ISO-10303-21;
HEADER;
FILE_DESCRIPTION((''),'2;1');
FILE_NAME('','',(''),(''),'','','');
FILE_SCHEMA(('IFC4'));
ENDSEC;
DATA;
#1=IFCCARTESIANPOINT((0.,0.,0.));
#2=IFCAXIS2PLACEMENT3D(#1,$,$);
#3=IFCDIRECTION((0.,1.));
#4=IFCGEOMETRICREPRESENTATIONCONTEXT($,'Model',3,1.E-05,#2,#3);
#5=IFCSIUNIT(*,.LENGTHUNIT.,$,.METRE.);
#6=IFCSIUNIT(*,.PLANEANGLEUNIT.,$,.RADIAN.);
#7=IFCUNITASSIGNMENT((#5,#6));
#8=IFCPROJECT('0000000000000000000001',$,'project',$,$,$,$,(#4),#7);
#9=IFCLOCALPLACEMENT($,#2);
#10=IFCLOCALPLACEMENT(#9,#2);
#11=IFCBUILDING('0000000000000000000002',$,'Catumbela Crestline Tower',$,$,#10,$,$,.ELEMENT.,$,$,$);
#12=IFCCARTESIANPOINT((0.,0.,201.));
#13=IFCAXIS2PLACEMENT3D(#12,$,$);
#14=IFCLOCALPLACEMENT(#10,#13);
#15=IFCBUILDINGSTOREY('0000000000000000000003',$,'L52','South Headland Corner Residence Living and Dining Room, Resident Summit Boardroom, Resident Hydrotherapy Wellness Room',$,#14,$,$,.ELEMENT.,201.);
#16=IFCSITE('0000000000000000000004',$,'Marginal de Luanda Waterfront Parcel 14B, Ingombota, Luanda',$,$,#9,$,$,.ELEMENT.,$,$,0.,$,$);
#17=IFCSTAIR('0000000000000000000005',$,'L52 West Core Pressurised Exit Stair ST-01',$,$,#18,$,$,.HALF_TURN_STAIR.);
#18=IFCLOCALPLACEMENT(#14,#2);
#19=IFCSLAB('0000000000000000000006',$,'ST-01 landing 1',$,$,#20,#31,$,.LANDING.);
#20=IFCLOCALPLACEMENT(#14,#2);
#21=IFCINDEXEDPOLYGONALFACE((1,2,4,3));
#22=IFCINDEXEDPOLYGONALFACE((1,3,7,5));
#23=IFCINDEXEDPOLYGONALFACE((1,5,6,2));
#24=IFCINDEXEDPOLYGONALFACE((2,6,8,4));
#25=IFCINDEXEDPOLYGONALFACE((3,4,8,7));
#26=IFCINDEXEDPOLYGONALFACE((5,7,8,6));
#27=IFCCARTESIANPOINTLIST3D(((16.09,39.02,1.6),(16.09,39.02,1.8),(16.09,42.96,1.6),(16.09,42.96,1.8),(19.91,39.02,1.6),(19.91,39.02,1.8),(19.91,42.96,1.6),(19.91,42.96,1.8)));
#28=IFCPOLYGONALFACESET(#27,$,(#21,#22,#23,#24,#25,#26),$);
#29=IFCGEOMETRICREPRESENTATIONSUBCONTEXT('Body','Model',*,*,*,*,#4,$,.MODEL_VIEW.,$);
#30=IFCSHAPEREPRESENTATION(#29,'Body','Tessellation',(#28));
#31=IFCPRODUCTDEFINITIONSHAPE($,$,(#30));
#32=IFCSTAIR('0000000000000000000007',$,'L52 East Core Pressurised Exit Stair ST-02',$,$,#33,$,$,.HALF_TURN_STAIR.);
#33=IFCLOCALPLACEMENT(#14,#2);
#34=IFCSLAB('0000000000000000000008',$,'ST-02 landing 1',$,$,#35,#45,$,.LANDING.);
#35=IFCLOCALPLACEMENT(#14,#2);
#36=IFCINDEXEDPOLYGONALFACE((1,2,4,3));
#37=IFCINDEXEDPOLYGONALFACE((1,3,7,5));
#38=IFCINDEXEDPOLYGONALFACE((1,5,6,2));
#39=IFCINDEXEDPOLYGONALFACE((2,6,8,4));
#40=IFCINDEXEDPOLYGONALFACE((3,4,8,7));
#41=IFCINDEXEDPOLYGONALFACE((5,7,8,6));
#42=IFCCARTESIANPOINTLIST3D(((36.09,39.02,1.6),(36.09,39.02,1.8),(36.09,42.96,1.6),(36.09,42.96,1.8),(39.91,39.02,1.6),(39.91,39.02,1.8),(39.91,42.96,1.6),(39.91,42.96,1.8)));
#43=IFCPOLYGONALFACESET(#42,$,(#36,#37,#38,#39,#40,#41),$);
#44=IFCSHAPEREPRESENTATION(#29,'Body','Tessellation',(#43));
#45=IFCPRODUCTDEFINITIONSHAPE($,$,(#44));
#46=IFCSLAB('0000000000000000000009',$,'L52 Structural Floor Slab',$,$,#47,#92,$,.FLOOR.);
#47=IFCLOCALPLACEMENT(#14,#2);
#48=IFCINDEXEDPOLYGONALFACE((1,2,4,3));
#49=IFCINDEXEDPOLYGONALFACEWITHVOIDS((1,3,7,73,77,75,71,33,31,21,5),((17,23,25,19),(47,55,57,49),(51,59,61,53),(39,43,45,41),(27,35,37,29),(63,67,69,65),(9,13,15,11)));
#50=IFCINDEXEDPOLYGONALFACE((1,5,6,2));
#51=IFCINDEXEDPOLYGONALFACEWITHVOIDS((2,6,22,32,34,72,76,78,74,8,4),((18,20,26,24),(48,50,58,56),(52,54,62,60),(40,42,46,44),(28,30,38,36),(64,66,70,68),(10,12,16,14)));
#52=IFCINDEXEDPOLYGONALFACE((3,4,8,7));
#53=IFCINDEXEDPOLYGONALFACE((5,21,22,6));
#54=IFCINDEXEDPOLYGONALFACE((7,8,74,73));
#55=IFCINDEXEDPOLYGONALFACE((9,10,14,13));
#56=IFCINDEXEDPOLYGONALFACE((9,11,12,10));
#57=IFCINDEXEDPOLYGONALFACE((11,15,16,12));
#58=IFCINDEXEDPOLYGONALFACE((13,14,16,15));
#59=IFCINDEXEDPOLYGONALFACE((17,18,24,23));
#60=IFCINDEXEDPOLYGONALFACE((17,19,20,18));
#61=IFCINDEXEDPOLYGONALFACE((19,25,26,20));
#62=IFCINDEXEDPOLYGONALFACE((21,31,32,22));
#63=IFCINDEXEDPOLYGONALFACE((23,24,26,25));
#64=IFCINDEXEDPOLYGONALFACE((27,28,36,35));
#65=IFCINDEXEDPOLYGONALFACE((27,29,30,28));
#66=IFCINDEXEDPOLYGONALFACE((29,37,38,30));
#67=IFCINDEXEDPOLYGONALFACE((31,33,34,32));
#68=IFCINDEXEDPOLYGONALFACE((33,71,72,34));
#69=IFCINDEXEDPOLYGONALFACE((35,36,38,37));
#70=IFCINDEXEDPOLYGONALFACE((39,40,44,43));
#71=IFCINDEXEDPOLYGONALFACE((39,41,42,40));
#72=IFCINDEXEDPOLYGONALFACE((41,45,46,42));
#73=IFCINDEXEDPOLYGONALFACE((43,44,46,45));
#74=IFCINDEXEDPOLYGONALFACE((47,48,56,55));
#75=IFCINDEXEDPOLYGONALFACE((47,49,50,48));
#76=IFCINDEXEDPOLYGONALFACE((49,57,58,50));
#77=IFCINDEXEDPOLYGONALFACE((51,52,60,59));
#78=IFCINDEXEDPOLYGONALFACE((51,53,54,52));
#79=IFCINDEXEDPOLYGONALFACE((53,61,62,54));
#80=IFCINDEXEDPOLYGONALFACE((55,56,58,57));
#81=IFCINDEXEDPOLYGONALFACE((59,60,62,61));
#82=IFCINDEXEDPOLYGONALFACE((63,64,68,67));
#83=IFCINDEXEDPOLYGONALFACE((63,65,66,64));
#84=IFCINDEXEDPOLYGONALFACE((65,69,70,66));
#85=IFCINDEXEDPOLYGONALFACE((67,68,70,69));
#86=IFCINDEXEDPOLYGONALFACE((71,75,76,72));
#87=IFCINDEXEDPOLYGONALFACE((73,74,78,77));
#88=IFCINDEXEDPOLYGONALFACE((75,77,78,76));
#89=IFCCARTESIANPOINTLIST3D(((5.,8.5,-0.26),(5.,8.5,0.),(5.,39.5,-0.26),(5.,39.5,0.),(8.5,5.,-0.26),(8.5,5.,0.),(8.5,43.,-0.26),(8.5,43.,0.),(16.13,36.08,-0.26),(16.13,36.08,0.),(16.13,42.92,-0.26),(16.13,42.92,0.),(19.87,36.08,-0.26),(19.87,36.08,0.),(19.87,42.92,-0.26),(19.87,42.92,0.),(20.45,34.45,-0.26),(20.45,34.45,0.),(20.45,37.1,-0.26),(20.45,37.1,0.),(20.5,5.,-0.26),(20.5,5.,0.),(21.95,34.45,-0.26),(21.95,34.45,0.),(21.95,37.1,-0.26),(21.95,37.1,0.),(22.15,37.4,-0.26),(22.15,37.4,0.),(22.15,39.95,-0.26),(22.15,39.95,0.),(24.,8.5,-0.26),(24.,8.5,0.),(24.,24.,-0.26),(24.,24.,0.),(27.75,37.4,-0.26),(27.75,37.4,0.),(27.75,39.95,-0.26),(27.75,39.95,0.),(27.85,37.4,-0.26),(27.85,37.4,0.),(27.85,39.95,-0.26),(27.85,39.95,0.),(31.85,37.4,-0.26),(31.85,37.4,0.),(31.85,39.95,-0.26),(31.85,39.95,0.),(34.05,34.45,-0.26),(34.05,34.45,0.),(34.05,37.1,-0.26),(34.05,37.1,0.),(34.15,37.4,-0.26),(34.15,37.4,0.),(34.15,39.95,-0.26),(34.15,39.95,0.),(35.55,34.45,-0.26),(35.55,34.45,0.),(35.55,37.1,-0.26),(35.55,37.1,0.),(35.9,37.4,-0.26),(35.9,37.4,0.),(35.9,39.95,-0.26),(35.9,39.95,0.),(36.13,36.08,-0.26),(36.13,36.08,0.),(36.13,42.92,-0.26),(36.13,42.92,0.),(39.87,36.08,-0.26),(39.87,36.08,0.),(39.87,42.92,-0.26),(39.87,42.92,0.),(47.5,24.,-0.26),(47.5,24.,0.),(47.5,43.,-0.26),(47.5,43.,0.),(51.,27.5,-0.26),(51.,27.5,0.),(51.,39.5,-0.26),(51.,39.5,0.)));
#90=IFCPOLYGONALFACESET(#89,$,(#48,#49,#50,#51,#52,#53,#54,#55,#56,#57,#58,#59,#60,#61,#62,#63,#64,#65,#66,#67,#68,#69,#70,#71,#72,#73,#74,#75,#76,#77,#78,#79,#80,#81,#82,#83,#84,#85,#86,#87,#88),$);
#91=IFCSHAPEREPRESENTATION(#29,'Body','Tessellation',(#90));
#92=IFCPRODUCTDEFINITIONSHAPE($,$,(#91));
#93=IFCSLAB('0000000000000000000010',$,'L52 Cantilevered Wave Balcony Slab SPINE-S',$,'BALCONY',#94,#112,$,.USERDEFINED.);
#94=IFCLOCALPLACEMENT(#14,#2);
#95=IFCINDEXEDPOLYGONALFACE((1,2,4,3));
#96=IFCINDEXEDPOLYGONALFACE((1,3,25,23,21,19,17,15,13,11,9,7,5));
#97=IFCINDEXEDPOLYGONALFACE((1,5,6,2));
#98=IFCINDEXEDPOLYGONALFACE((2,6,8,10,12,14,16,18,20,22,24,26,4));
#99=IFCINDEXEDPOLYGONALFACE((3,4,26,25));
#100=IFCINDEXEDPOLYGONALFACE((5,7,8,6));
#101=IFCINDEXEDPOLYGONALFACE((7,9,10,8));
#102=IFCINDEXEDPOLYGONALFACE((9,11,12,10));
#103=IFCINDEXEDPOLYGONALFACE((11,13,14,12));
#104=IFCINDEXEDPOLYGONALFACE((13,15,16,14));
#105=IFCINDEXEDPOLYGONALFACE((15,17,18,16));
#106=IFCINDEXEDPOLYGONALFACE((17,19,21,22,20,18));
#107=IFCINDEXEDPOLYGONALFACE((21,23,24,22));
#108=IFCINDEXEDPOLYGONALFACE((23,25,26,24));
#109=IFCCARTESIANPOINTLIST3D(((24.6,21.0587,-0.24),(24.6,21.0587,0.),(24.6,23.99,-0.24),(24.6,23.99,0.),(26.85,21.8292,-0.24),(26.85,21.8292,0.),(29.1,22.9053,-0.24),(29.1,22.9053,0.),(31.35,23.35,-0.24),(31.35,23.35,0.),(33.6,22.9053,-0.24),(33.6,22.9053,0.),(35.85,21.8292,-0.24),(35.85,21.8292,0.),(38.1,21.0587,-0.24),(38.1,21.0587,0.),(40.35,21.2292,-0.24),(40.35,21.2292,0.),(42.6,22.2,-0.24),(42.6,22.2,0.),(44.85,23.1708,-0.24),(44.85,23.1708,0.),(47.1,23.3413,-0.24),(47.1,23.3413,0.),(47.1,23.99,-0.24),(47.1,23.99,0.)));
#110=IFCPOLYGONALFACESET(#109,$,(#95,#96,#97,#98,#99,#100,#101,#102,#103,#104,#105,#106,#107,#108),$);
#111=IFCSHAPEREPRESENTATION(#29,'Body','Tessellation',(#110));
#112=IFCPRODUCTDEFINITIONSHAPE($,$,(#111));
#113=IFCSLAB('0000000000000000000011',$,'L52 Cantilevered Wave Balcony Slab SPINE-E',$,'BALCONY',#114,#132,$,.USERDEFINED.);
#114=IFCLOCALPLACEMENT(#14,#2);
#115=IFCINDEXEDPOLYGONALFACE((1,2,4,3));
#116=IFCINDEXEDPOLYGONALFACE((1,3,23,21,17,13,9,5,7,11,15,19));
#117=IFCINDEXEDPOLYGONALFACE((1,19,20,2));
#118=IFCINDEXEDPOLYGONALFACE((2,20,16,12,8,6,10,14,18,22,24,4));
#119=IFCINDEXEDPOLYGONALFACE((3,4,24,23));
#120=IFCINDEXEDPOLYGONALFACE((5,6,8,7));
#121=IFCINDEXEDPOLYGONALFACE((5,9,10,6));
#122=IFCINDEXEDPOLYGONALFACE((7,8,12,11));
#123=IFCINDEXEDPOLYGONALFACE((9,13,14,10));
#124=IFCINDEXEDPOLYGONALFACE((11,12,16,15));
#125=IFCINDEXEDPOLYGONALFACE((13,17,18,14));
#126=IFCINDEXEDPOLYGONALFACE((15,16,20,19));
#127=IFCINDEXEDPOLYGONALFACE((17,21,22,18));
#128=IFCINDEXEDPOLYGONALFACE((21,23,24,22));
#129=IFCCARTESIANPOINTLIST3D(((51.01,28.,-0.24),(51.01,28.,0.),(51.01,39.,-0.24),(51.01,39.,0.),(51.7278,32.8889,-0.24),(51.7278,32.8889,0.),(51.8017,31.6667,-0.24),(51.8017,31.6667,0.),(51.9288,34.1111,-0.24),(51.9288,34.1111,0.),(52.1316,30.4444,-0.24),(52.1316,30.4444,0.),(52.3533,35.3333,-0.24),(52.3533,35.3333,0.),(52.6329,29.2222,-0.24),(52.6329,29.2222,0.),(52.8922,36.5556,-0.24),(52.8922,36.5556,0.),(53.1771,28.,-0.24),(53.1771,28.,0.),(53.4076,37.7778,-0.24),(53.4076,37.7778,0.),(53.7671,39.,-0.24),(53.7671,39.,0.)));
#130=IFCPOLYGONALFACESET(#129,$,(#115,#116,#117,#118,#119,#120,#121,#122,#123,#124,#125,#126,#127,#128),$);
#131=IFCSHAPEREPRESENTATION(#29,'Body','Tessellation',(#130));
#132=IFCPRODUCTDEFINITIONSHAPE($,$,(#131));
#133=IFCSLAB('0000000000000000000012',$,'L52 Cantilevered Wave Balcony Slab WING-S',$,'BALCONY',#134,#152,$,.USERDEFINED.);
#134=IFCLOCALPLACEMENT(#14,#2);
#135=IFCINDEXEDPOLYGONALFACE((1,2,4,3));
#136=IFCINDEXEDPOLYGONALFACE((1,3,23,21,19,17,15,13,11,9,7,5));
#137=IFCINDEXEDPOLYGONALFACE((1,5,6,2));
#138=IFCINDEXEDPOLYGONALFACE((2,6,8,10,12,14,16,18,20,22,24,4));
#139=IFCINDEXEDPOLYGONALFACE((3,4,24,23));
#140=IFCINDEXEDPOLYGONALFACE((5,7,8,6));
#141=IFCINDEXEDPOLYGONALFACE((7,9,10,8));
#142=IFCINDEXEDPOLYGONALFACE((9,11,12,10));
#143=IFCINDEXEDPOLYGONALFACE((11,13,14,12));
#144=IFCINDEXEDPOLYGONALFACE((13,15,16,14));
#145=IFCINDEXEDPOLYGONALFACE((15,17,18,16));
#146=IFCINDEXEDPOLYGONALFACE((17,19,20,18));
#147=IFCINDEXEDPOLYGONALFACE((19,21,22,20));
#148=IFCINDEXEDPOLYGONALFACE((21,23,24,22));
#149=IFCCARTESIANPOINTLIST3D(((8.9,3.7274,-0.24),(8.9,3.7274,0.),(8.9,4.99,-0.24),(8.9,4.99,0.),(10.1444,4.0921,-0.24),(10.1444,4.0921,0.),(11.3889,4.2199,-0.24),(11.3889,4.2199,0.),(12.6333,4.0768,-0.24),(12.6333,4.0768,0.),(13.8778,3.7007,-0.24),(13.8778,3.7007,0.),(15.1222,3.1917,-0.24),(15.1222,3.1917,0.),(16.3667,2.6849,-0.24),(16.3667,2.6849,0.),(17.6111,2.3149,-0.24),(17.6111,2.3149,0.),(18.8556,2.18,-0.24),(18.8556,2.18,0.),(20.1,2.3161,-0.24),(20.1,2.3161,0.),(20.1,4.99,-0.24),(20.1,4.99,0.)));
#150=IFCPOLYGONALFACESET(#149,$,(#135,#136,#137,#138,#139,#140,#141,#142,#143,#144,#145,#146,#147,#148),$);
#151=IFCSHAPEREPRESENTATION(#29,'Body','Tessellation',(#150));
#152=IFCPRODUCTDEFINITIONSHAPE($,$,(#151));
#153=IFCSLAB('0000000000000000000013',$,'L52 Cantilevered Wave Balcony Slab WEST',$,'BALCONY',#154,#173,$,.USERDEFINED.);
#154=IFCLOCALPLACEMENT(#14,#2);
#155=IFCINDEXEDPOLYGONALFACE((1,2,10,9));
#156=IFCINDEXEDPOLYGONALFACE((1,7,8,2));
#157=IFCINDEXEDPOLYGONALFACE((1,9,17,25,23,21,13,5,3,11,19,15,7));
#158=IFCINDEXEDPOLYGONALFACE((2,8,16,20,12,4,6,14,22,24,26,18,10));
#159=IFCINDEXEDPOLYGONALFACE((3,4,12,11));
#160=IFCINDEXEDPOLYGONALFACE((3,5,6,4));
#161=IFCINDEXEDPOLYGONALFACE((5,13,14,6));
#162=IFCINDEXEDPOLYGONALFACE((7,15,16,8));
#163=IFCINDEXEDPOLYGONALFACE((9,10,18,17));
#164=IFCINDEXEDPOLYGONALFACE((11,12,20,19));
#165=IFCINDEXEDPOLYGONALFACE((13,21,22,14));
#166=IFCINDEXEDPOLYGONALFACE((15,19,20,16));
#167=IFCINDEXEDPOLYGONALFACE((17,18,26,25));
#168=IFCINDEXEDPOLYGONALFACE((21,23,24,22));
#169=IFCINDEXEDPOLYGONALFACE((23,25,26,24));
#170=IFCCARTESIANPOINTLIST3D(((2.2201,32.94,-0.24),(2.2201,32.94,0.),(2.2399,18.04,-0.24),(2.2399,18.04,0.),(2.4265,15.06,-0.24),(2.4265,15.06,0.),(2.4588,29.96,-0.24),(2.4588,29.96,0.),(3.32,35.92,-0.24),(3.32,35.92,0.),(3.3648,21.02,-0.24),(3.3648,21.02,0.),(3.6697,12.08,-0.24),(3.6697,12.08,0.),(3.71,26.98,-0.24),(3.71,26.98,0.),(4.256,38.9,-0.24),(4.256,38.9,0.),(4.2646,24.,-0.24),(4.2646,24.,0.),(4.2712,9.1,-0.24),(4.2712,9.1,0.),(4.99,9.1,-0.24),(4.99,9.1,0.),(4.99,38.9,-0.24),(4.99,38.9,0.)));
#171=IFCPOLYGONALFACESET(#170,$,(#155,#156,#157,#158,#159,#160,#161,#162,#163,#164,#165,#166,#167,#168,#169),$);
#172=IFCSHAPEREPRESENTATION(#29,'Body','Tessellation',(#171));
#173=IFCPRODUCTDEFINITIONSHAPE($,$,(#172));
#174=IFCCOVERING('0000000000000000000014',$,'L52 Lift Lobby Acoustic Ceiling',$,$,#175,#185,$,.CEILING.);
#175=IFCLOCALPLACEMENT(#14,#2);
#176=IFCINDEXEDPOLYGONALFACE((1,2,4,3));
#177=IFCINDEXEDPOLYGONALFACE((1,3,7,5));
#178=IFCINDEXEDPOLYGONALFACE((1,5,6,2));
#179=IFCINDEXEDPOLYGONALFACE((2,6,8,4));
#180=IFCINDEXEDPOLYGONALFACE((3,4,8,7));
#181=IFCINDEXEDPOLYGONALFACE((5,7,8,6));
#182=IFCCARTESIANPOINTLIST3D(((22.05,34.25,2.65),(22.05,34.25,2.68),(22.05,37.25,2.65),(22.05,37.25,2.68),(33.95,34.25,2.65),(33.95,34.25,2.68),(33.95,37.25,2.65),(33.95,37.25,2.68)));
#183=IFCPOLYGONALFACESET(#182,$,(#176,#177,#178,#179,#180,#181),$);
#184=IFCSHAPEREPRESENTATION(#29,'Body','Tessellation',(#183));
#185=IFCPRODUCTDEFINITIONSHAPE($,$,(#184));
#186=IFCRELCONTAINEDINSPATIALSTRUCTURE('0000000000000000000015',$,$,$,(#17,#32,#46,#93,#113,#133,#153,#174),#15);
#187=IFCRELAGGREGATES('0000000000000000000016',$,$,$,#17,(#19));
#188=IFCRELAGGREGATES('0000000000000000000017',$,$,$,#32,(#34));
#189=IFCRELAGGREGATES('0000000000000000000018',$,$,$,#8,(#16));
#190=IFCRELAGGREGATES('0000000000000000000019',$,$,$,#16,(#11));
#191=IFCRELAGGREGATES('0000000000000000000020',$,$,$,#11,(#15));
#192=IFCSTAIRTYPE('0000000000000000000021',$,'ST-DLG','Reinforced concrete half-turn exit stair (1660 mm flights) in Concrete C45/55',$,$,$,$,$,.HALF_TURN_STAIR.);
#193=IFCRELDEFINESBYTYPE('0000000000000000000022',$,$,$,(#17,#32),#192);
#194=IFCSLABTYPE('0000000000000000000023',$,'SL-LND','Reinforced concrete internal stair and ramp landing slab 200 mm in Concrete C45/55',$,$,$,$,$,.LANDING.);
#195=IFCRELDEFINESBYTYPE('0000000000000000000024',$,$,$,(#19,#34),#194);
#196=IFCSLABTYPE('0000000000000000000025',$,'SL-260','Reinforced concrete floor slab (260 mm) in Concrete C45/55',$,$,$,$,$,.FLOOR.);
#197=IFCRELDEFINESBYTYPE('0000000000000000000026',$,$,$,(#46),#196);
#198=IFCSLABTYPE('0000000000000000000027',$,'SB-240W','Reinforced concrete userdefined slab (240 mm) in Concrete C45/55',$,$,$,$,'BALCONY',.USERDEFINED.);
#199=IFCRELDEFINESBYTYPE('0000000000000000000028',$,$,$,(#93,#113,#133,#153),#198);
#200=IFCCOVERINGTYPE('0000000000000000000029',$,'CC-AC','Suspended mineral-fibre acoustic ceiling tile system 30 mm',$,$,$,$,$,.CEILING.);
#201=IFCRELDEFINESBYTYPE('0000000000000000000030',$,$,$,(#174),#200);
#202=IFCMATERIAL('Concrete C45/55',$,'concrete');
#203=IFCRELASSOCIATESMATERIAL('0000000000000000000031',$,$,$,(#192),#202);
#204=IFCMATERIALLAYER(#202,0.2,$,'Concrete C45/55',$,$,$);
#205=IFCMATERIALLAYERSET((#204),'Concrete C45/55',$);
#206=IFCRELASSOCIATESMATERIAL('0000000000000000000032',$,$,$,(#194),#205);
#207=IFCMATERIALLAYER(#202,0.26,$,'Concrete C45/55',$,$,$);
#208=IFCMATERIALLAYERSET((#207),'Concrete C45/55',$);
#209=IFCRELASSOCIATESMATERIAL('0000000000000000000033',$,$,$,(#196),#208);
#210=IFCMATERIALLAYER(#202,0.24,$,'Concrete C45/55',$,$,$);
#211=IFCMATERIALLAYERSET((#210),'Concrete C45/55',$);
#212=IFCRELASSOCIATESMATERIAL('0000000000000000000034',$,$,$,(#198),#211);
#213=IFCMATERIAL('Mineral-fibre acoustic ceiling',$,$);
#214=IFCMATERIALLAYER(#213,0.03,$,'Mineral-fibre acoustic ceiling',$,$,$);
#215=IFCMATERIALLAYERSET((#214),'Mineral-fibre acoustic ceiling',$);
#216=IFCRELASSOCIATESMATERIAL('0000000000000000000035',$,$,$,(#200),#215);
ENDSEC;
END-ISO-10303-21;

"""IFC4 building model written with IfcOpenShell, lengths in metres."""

from ifc_helpers import new_model, si_unit, direction, frame, origin, place, context, subcontext, project, spatial, polyline, outline, extrude, material, layer, layer_set, type_object, element, aggregate, save


model = new_model("IFC4")

# Units and contexts
model_context = context("Model", 3, precision=1e-05, world=origin(), true_north=direction((0.0, 1.0)))
body_context = subcontext(model_context, "Body", "Model", "MODEL_VIEW")
ifc_project = project(units=[si_unit("LENGTHUNIT", "METRE"), si_unit("PLANEANGLEUNIT", "RADIAN")], contexts=[model_context])

# Site, building, storey
site_placement = place(None, origin())
site = spatial("IfcSite", under=ifc_project, at=site_placement, Name="Marginal de Luanda Waterfront Parcel 14B, Ingombota, Luanda", CompositionType="ELEMENT", RefElevation=0.0)
building_placement = place(site_placement, origin())
building = spatial("IfcBuilding", under=site, at=building_placement, Name="Catumbela Crestline Tower", CompositionType="ELEMENT")
storey_placement = place(building_placement, frame((0.0, 0.0, 201.0)))
storey = spatial("IfcBuildingStorey", under=building, at=storey_placement, Name="L52", Description="South Headland Corner Residence Living and Dining Room, Resident Summit Boardroom, Resident Hydrotherapy Wellness Room", CompositionType="ELEMENT", Elevation=201.0)

# Stairs, slabs
ifc_material_1 = material(Name="Concrete C45/55", Category="concrete")
stair_type = type_object("IfcStairType", Name="ST-DLG", Description="Reinforced concrete half-turn exit stair (1660 mm flights) in Concrete C45/55", PredefinedType="HALF_TURN_STAIR", material=ifc_material_1)
stair_1_placement = place(storey_placement, origin())
stair_1 = element("IfcStair", 1, at=stair_1_placement, inside=storey, type_object=stair_type, Name="L52 West Core Pressurised Exit Stair ST-01", PredefinedType="HALF_TURN_STAIR")
ifc_layer_1 = layer(ifc_material_1, 0.2, Name="Concrete C45/55")
ifc_layer_set_1 = layer_set([ifc_layer_1], Name="Concrete C45/55")
slab_type_1 = type_object("IfcSlabType", Name="SL-LND", Description="Reinforced concrete internal stair and ramp landing slab 200 mm in Concrete C45/55", PredefinedType="LANDING", material=ifc_layer_set_1)
slab_1_placement = place(storey_placement, frame((0.0, 0.0, 1.6)))
slab_1 = element("IfcSlab", 2, at=slab_1_placement, type_object=slab_type_1, Name="ST-01 landing 1", PredefinedType="LANDING", context=body_context, shape_type="SweptSolid", body=[
    extrude(outline(polyline([(19.91, 39.02), (19.91, 42.96), (16.09, 42.96), (16.09, 39.02), (19.91, 39.02)])), origin(), (0.0, 0.0, 1.0), 0.2),
])
aggregate(stair_1, [slab_1])
stair_2_placement = place(storey_placement, origin())
stair_2 = element("IfcStair", 3, at=stair_2_placement, inside=storey, type_object=stair_type, Name="L52 East Core Pressurised Exit Stair ST-02", PredefinedType="HALF_TURN_STAIR")
slab_2_placement = place(storey_placement, frame((0.0, 0.0, 1.6)))
slab_2 = element("IfcSlab", 4, at=slab_2_placement, type_object=slab_type_1, Name="ST-02 landing 1", PredefinedType="LANDING", context=body_context, shape_type="SweptSolid", body=[
    extrude(outline(polyline([(39.91, 39.02), (39.91, 42.96), (36.09, 42.96), (36.09, 39.02), (39.91, 39.02)])), origin(), (0.0, 0.0, 1.0), 0.2),
])
aggregate(stair_2, [slab_2])

# Slabs
ifc_layer_2 = layer(ifc_material_1, 0.26, Name="Concrete C45/55")
ifc_layer_set_2 = layer_set([ifc_layer_2], Name="Concrete C45/55")
slab_type_2 = type_object("IfcSlabType", Name="SL-260", Description="Reinforced concrete floor slab (260 mm) in Concrete C45/55", PredefinedType="FLOOR", material=ifc_layer_set_2)
slab_3_placement = place(storey_placement, frame((0.0, 0.0, -0.26)))
element("IfcSlab", 5, at=slab_3_placement, inside=storey, type_object=slab_type_2, Name="L52 Structural Floor Slab", PredefinedType="FLOOR", context=body_context, shape_type="SweptSolid", body=[
    extrude(outline(polyline([(8.5, 5.0), (20.5, 5.0), (24.0, 8.5), (24.0, 24.0), (47.5, 24.0), (51.0, 27.5), (51.0, 39.5), (47.5, 43.0), (8.5, 43.0), (5.0, 39.5), (5.0, 8.5), (8.5, 5.0)]), holes=[polyline([(16.13, 36.08), (19.87, 36.08), (19.87, 42.92), (16.13, 42.92), (16.13, 36.08)]), polyline([(36.13, 36.08), (39.87, 36.08), (39.87, 42.92), (36.13, 42.92), (36.13, 36.08)]), polyline([(22.15, 37.4), (27.75, 37.4), (27.75, 39.95), (22.15, 39.95), (22.15, 37.4)]), polyline([(27.85, 37.4), (31.85, 37.4), (31.85, 39.95), (27.85, 39.95), (27.85, 37.4)]), polyline([(20.45, 34.45), (21.95, 34.45), (21.95, 37.1), (20.45, 37.1), (20.45, 34.45)]), polyline([(34.05, 34.45), (35.55, 34.45), (35.55, 37.1), (34.05, 37.1), (34.05, 34.45)]), polyline([(34.15, 37.4), (35.9, 37.4), (35.9, 39.95), (34.15, 39.95), (34.15, 37.4)])]), origin(), (0.0, 0.0, 1.0), 0.26),
])
ifc_layer_3 = layer(ifc_material_1, 0.24, Name="Concrete C45/55")
ifc_layer_set_3 = layer_set([ifc_layer_3], Name="Concrete C45/55")
slab_type_3 = type_object("IfcSlabType", Name="SB-240W", Description="Reinforced concrete userdefined slab (240 mm) in Concrete C45/55", ElementType="BALCONY", PredefinedType="USERDEFINED", material=ifc_layer_set_3)
slab_4_placement = place(storey_placement, frame((0.0, 0.0, -0.24)))
element("IfcSlab", 6, at=slab_4_placement, inside=storey, type_object=slab_type_3, Name="L52 Cantilevered Wave Balcony Slab SPINE-S", ObjectType="BALCONY", PredefinedType="USERDEFINED", context=body_context, shape_type="SweptSolid", body=[
    extrude(outline(polyline([(24.6, 21.0587), (26.85, 21.8292), (29.1, 22.9053), (31.35, 23.35), (33.6, 22.9053), (35.85, 21.8292), (38.1, 21.0587), (40.35, 21.2292), (42.6, 22.2), (44.85, 23.1708), (47.1, 23.3413), (47.1, 23.99), (24.6, 23.99), (24.6, 21.0587)])), origin(), (0.0, 0.0, 1.0), 0.24),
])
slab_5_placement = place(storey_placement, frame((0.0, 0.0, -0.24)))
element("IfcSlab", 7, at=slab_5_placement, inside=storey, type_object=slab_type_3, Name="L52 Cantilevered Wave Balcony Slab SPINE-E", ObjectType="BALCONY", PredefinedType="USERDEFINED", context=body_context, shape_type="SweptSolid", body=[
    extrude(outline(polyline([(51.01, 28.0), (53.1771, 28.0), (52.6329, 29.2222), (52.1316, 30.4444), (51.8017, 31.6667), (51.7278, 32.8889), (51.9288, 34.1111), (52.3533, 35.3333), (52.8922, 36.5556), (53.4076, 37.7778), (53.7671, 39.0), (51.01, 39.0), (51.01, 28.0)])), origin(), (0.0, 0.0, 1.0), 0.24),
])
slab_6_placement = place(storey_placement, frame((0.0, 0.0, -0.24)))
element("IfcSlab", 8, at=slab_6_placement, inside=storey, type_object=slab_type_3, Name="L52 Cantilevered Wave Balcony Slab WING-S", ObjectType="BALCONY", PredefinedType="USERDEFINED", context=body_context, shape_type="SweptSolid", body=[
    extrude(outline(polyline([(8.9, 3.7274), (10.1444, 4.0921), (11.3889, 4.2199), (12.6333, 4.0768), (13.8778, 3.7007), (15.1222, 3.1917), (16.3667, 2.6849), (17.6111, 2.3149), (18.8556, 2.18), (20.1, 2.3161), (20.1, 4.99), (8.9, 4.99), (8.9, 3.7274)])), origin(), (0.0, 0.0, 1.0), 0.24),
])
slab_7_placement = place(storey_placement, frame((0.0, 0.0, -0.24)))
element("IfcSlab", 9, at=slab_7_placement, inside=storey, type_object=slab_type_3, Name="L52 Cantilevered Wave Balcony Slab WEST", ObjectType="BALCONY", PredefinedType="USERDEFINED", context=body_context, shape_type="SweptSolid", body=[
    extrude(outline(polyline([(4.99, 38.9), (4.256, 38.9), (3.32, 35.92), (2.2201, 32.94), (2.4588, 29.96), (3.71, 26.98), (4.2646, 24.0), (3.3648, 21.02), (2.2399, 18.04), (2.4265, 15.06), (3.6697, 12.08), (4.2712, 9.1), (4.99, 9.1), (4.99, 38.9)])), origin(), (0.0, 0.0, 1.0), 0.24),
])

# Covering
ifc_material_2 = material(Name="Mineral-fibre acoustic ceiling")
ifc_layer_4 = layer(ifc_material_2, 0.03, Name="Mineral-fibre acoustic ceiling")
ifc_layer_set_4 = layer_set([ifc_layer_4], Name="Mineral-fibre acoustic ceiling")
covering_type_1 = type_object("IfcCoveringType", Name="CC-AC", Description="Suspended mineral-fibre acoustic ceiling tile system 30 mm", PredefinedType="CEILING", material=ifc_layer_set_4)
covering_1_placement = place(storey_placement, frame((0.0, 0.0, 2.65)))
element("IfcCovering", 10, at=covering_1_placement, inside=storey, type_object=covering_type_1, Name="L52 Lift Lobby Acoustic Ceiling", PredefinedType="CEILING", context=body_context, shape_type="SweptSolid", body=[
    extrude(outline(polyline([(22.05, 34.25), (33.95, 34.25), (33.95, 37.25), (22.05, 37.25), (22.05, 34.25)])), origin(), (0.0, 0.0, 1.0), 0.03),
])

save(model, "model.ifc")
